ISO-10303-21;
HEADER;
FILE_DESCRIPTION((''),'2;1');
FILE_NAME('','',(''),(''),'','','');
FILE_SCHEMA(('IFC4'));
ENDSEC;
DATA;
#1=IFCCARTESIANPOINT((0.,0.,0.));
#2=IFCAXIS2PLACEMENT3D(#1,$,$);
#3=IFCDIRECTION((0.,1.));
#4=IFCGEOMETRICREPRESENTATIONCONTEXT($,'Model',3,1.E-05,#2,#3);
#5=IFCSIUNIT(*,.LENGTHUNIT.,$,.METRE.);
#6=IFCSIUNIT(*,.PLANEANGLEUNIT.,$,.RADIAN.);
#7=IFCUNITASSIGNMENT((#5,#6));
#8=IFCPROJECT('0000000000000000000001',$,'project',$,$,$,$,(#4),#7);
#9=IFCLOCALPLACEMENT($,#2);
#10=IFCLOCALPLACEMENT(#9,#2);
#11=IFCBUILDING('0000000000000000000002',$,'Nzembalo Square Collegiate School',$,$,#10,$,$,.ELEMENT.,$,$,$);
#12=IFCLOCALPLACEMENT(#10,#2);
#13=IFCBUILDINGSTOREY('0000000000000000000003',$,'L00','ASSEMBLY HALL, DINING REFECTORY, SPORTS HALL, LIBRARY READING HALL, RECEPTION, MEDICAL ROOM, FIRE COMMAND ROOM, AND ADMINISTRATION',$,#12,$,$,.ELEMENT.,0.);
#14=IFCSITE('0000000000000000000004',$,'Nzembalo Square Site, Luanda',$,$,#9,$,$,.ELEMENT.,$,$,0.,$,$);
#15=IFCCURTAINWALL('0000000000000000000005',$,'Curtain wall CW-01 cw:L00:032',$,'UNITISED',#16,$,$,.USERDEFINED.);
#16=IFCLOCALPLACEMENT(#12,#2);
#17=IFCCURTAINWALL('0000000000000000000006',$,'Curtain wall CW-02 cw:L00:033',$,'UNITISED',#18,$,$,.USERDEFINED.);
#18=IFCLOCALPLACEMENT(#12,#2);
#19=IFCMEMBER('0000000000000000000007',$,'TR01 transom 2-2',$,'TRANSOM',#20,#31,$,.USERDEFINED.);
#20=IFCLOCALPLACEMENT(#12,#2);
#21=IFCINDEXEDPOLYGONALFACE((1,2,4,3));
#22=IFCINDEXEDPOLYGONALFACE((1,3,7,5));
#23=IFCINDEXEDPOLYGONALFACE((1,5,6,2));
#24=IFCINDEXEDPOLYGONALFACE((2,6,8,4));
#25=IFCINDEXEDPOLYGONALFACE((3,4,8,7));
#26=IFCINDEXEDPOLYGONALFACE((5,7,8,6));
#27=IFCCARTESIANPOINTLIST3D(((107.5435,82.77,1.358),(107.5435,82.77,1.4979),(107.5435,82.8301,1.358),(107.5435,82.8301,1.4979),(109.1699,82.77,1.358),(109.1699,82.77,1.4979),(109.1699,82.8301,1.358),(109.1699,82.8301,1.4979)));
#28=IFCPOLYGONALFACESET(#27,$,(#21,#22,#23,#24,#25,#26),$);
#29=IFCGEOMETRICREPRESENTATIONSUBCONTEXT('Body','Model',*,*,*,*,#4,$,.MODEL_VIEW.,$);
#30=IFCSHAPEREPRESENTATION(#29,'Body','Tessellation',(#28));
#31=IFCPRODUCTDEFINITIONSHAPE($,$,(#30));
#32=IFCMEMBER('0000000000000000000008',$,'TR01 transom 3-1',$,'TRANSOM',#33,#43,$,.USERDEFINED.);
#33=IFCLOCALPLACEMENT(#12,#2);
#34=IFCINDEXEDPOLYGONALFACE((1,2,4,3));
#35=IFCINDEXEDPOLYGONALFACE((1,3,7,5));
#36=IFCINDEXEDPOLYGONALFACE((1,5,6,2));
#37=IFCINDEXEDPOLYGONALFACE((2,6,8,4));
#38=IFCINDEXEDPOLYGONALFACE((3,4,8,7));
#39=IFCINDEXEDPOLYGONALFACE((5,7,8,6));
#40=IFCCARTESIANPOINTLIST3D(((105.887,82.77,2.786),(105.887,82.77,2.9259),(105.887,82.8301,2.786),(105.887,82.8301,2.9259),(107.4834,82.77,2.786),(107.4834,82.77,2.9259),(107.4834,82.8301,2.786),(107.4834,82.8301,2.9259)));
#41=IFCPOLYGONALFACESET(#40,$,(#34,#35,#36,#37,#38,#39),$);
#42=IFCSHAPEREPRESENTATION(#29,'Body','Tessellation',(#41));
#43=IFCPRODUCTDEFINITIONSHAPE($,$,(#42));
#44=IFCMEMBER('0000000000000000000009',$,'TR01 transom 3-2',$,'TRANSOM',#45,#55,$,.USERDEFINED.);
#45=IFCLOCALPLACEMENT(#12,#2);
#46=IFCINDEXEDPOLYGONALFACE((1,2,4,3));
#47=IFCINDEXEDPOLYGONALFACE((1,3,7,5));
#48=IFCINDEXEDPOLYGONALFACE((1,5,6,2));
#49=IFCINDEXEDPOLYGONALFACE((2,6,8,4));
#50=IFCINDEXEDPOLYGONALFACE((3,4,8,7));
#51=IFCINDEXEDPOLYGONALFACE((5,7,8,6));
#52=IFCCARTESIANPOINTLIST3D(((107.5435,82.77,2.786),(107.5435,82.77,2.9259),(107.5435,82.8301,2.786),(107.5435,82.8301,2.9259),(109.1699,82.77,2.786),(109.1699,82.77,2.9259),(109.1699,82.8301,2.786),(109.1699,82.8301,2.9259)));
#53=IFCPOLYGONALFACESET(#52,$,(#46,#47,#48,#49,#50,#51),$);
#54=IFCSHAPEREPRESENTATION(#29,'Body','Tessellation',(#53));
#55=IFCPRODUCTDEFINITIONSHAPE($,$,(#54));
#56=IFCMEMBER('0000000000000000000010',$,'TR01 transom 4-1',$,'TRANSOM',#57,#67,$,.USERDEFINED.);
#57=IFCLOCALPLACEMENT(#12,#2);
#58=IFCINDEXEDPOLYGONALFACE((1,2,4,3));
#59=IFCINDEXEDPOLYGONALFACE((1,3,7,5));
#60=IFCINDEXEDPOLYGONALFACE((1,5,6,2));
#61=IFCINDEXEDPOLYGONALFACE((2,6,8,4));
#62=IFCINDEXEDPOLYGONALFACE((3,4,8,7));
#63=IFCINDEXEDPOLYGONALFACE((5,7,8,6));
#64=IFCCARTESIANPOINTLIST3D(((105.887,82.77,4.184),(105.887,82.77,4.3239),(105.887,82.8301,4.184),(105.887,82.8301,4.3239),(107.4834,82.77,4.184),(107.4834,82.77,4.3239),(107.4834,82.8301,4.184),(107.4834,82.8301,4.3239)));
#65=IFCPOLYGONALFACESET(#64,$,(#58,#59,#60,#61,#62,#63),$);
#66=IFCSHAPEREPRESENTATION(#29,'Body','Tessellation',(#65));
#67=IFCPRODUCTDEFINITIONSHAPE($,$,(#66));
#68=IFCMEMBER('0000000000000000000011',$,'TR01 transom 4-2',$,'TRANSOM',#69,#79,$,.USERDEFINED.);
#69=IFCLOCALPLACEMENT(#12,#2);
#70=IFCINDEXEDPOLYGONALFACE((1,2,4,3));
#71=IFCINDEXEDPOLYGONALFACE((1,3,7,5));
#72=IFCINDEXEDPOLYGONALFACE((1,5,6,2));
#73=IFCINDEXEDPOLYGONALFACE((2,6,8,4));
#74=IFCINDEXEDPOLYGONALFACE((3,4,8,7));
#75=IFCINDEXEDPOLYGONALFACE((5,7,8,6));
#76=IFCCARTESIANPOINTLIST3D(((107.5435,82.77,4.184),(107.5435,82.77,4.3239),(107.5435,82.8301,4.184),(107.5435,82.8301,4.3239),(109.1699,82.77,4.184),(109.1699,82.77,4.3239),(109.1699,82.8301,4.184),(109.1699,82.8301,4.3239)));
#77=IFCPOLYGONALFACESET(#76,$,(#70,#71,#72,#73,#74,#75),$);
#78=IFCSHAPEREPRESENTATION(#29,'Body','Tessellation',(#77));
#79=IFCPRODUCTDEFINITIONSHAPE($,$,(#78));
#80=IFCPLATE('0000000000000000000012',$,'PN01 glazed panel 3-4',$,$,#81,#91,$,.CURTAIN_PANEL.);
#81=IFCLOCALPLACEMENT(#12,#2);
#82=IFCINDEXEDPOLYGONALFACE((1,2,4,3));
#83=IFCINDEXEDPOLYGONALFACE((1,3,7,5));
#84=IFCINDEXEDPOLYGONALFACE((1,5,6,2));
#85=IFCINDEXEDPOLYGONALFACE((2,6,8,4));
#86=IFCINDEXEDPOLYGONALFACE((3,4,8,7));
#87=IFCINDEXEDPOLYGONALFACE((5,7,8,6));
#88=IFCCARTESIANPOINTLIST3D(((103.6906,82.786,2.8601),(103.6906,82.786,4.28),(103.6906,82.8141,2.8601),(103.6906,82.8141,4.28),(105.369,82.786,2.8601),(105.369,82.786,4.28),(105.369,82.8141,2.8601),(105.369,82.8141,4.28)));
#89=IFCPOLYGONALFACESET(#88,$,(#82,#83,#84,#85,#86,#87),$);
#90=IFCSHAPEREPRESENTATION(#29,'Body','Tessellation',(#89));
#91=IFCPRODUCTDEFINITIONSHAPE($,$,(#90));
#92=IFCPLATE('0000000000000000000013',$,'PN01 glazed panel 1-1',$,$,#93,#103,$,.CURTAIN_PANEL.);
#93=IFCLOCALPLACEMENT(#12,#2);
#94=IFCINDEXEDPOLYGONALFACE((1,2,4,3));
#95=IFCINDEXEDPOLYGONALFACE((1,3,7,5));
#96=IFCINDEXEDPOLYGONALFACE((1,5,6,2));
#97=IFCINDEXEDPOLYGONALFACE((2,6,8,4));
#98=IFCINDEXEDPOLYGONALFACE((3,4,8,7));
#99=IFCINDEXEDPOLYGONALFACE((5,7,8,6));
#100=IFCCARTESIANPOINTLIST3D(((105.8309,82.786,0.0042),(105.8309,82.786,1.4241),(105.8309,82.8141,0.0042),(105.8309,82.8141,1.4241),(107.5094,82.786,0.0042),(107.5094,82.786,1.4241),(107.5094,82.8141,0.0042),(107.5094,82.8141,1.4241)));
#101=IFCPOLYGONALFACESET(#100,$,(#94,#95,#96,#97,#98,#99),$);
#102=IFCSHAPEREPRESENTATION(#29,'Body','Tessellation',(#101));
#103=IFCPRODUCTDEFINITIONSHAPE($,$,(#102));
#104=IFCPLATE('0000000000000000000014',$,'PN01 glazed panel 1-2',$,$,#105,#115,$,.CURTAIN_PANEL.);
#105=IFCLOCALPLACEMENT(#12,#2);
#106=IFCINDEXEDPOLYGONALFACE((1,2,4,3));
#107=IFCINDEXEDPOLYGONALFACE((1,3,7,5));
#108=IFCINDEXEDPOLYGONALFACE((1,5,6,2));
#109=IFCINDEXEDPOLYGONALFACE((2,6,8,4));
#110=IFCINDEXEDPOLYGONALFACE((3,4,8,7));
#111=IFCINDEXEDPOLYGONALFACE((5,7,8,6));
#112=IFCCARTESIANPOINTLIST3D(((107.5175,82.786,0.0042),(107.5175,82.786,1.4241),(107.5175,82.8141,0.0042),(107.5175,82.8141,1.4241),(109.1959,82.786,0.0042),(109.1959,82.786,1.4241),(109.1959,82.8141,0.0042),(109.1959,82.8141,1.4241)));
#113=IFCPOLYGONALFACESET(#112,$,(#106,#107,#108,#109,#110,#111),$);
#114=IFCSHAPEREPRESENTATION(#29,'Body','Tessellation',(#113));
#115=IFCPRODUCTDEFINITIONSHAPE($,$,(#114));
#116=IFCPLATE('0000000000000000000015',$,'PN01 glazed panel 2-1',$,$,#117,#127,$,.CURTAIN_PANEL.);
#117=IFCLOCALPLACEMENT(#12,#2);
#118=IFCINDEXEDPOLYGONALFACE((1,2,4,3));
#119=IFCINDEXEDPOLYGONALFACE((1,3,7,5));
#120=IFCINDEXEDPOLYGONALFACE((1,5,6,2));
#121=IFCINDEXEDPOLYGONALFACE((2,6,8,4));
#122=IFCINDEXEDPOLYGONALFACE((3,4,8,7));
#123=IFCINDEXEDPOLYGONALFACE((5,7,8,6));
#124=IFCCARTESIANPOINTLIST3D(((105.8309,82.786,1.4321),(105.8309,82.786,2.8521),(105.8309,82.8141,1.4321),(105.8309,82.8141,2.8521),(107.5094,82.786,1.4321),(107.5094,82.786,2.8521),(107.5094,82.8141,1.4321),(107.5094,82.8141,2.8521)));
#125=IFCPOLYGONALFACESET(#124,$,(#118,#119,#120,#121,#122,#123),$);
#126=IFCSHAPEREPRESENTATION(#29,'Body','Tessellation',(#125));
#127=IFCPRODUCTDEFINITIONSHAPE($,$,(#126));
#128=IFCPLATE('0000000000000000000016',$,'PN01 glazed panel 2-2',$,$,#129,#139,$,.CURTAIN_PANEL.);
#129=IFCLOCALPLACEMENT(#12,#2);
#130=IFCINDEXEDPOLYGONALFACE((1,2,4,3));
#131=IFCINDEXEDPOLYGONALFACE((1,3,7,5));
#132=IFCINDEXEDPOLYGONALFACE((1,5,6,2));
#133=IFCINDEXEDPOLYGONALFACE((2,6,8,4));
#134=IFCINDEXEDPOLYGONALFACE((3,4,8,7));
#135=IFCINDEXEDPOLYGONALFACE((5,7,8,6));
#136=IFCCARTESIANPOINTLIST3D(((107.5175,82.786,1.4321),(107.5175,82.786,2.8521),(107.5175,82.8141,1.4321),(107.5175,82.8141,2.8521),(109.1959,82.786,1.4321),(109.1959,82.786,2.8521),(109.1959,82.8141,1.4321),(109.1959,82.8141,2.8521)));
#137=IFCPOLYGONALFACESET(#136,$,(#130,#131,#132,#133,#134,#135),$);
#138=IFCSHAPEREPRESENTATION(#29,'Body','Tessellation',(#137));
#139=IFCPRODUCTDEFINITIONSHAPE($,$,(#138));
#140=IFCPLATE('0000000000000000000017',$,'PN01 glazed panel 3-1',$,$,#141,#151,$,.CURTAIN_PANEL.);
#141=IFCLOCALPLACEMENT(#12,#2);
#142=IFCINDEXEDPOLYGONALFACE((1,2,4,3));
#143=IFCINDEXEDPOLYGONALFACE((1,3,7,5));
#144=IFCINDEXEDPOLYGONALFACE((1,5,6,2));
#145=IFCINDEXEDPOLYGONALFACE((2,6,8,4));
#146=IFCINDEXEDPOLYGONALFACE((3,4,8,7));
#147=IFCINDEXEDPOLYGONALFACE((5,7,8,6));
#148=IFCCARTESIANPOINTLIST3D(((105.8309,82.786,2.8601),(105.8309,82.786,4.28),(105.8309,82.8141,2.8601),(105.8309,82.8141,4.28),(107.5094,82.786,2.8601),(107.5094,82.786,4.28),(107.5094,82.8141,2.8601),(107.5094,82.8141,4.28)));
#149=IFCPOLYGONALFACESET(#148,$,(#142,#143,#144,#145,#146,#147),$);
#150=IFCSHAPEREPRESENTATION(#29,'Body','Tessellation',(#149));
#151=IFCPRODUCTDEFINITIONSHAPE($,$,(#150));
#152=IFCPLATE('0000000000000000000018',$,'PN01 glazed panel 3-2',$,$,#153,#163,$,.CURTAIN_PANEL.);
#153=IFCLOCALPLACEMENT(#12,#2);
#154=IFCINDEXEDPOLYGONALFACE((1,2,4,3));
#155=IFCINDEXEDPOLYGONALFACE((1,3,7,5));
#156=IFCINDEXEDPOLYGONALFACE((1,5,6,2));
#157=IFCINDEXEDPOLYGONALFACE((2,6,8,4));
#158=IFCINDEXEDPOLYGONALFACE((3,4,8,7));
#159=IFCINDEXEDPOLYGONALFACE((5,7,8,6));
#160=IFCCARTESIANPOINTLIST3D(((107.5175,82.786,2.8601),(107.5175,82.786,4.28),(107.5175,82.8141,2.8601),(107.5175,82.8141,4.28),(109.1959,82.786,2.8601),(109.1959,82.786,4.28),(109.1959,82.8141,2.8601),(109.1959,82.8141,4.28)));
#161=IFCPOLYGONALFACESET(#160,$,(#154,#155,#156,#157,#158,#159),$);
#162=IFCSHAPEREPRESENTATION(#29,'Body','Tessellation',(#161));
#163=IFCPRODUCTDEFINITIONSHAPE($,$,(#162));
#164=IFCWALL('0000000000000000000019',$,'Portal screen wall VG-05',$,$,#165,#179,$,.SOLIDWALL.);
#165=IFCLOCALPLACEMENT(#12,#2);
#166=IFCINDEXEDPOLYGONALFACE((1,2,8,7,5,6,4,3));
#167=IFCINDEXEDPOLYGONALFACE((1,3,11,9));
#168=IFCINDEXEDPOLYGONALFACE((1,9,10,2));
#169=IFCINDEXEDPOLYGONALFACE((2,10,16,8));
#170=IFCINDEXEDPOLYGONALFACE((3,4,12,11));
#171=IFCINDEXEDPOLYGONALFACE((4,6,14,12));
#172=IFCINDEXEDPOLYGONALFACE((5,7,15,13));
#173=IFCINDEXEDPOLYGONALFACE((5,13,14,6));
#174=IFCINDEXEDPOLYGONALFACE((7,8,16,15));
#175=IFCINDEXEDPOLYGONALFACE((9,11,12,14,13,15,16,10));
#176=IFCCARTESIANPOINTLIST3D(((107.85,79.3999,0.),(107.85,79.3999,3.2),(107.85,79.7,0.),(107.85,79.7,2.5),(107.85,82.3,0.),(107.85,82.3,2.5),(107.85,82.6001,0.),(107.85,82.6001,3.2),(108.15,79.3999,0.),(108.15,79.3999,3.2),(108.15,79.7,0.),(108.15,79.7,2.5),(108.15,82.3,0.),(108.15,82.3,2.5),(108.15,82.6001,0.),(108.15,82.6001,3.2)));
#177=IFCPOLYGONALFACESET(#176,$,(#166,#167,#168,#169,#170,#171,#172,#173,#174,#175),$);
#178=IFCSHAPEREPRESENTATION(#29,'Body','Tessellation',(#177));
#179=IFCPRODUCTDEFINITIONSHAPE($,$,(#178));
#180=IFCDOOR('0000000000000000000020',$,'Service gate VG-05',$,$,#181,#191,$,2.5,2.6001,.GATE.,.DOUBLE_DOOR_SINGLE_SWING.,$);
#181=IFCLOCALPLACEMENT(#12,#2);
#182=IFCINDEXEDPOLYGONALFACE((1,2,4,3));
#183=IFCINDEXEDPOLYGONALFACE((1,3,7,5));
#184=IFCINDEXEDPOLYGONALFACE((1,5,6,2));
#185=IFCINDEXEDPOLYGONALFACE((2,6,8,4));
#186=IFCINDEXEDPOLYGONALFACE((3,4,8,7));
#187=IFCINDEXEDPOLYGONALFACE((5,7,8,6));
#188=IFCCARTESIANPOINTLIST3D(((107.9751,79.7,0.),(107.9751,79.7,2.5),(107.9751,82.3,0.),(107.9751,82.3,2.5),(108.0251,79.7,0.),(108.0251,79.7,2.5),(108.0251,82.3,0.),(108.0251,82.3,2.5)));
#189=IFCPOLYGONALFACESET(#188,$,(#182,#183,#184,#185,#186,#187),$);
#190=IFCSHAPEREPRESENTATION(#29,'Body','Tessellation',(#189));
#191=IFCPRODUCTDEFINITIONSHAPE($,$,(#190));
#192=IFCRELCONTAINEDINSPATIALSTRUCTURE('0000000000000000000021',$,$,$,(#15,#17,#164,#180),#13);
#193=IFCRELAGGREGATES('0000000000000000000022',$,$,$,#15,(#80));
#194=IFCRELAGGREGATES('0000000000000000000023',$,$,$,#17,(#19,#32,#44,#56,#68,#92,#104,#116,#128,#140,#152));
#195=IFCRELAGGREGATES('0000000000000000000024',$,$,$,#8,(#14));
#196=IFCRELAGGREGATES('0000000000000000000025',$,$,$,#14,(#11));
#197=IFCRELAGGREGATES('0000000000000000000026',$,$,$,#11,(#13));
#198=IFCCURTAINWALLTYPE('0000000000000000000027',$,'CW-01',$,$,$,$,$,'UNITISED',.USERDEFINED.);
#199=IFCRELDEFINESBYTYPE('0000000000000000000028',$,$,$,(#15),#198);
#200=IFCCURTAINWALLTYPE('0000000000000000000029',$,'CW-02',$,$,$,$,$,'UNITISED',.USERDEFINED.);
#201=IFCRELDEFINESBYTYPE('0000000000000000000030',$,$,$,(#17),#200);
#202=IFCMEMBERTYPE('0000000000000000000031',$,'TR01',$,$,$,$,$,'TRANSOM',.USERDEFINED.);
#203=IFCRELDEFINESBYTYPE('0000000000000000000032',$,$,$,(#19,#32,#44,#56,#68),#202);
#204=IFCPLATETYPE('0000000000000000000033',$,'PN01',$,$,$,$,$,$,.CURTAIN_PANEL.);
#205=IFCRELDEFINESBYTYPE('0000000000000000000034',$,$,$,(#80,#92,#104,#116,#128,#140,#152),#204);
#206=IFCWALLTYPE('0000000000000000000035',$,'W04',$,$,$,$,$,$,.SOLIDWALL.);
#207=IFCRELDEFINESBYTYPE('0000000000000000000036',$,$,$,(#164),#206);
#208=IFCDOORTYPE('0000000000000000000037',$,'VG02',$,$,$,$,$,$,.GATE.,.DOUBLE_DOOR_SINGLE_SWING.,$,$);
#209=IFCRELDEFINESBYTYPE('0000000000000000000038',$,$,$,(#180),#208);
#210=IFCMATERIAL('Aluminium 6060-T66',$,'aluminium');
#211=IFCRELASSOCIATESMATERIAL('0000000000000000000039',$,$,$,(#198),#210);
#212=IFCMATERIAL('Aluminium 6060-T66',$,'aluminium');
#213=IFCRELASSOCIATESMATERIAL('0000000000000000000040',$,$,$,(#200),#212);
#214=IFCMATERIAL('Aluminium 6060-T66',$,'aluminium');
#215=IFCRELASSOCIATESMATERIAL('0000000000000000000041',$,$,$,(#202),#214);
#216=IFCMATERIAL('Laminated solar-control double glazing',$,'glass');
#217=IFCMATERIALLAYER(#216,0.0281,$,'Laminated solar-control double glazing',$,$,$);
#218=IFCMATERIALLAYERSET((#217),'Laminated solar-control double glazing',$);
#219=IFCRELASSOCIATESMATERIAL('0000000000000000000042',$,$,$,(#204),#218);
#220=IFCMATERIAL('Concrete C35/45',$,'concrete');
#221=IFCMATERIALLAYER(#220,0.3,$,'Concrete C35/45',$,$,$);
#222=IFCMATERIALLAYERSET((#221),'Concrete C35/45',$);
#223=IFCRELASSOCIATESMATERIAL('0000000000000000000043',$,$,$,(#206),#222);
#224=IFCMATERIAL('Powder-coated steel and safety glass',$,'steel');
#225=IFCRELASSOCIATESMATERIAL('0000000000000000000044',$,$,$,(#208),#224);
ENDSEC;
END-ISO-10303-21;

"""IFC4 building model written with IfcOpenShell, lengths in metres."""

from ifc_helpers import new_model, si_unit, direction, frame, frame_2d, origin, origin_2d, place, context, subcontext, project, spatial, rectangle, extrude, material, layer, layer_set, material_profile, profile_set, type_object, element, fill, aggregate, save


model = new_model("IFC4")

# Units and contexts
model_context = context("Model", 3, precision=1e-05, world=origin(), true_north=direction((0.0, 1.0)))
body_context = subcontext(model_context, "Body", "Model", "MODEL_VIEW")
ifc_project = project(units=[si_unit("LENGTHUNIT", "METRE"), si_unit("PLANEANGLEUNIT", "RADIAN")], contexts=[model_context])

# Site, building, storey
site_placement = place(None, origin())
site = spatial("IfcSite", under=ifc_project, at=site_placement, Name="Nzembalo Square Site, Luanda", CompositionType="ELEMENT", RefElevation=0.0)
building_placement = place(site_placement, origin())
building = spatial("IfcBuilding", under=site, at=building_placement, Name="Nzembalo Square Collegiate School", CompositionType="ELEMENT")
storey_placement = place(building_placement, origin())
storey = spatial("IfcBuildingStorey", under=building, at=storey_placement, Name="L00", Description="ASSEMBLY HALL, DINING REFECTORY, SPORTS HALL, LIBRARY READING HALL, RECEPTION, MEDICAL ROOM, FIRE COMMAND ROOM, AND ADMINISTRATION", CompositionType="ELEMENT", Elevation=0.0)

# Curtain wall
ifc_material_1 = material(Name="Aluminium 6060-T66", Category="aluminium")
curtain_wall_type_1 = type_object("IfcCurtainWallType", Name="CW-01", ElementType="UNITISED", PredefinedType="USERDEFINED", material=ifc_material_1)
curtain_wall_1_placement = place(storey_placement, origin())
curtain_wall_1 = element("IfcCurtainWall", 1, at=curtain_wall_1_placement, inside=storey, type_object=curtain_wall_type_1, Name="Curtain wall CW-01 cw:L00:032", ObjectType="UNITISED", PredefinedType="USERDEFINED")

# Curtain wall, members
ifc_material_2 = material(Name="Aluminium 6060-T66", Category="aluminium")
curtain_wall_type_2 = type_object("IfcCurtainWallType", Name="CW-02", ElementType="UNITISED", PredefinedType="USERDEFINED", material=ifc_material_2)
curtain_wall_2_placement = place(storey_placement, origin())
curtain_wall_2 = element("IfcCurtainWall", 2, at=curtain_wall_2_placement, inside=storey, type_object=curtain_wall_type_2, Name="Curtain wall CW-02 cw:L00:033", ObjectType="UNITISED", PredefinedType="USERDEFINED")
ifc_material_3 = material(Name="Aluminium 6060-T66", Category="aluminium")
ifc_material_profile_1 = material_profile(ifc_material_3, rectangle(XDim=0.0601, YDim=0.1399, at=origin_2d()), Name="ALU T60x140")
ifc_profile_set_1 = profile_set([ifc_material_profile_1], Name="Aluminium 6060-T66")
member_type_1 = type_object("IfcMemberType", Name="TR01", ElementType="TRANSOM", PredefinedType="USERDEFINED", material=ifc_profile_set_1)
member_1_placement = place(storey_placement, frame((107.5435, 82.8, 1.428), z_axis=(1.0, 0.0, 0.0), x_axis=(0.0, 1.0, 0.0)))
member_1 = element("IfcMember", 3, at=member_1_placement, type_object=member_type_1, Name="TR01 transom 2-2", ObjectType="TRANSOM", PredefinedType="USERDEFINED", context=body_context, shape_type="SweptSolid", body=[
    extrude(rectangle(XDim=0.0601, YDim=0.1399, at=origin_2d()), origin(), (0.0, 0.0, 1.0), 1.6265),
])
member_2_placement = place(storey_placement, frame((105.887, 82.8, 2.856), z_axis=(1.0, 0.0, 0.0), x_axis=(0.0, 1.0, 0.0)))
member_2 = element("IfcMember", 4, at=member_2_placement, type_object=member_type_1, Name="TR01 transom 3-1", ObjectType="TRANSOM", PredefinedType="USERDEFINED", context=body_context, shape_type="SweptSolid", body=[
    extrude(rectangle(XDim=0.0601, YDim=0.1399, at=origin_2d()), origin(), (0.0, 0.0, 1.0), 1.5964),
])
member_3_placement = place(storey_placement, frame((107.5435, 82.8, 2.856), z_axis=(1.0, 0.0, 0.0), x_axis=(0.0, 1.0, 0.0)))
member_3 = element("IfcMember", 5, at=member_3_placement, type_object=member_type_1, Name="TR01 transom 3-2", ObjectType="TRANSOM", PredefinedType="USERDEFINED", context=body_context, shape_type="SweptSolid", body=[
    extrude(rectangle(XDim=0.0601, YDim=0.1399, at=origin_2d()), origin(), (0.0, 0.0, 1.0), 1.6265),
])
member_4_placement = place(storey_placement, frame((105.887, 82.8, 4.2539), z_axis=(1.0, 0.0, 0.0), x_axis=(0.0, 1.0, 0.0)))
member_4 = element("IfcMember", 6, at=member_4_placement, type_object=member_type_1, Name="TR01 transom 4-1", ObjectType="TRANSOM", PredefinedType="USERDEFINED", context=body_context, shape_type="SweptSolid", body=[
    extrude(rectangle(XDim=0.0601, YDim=0.1399, at=origin_2d()), origin(), (0.0, 0.0, 1.0), 1.5964),
])
member_5_placement = place(storey_placement, frame((107.5435, 82.8, 4.2539), z_axis=(1.0, 0.0, 0.0), x_axis=(0.0, 1.0, 0.0)))
member_5 = element("IfcMember", 7, at=member_5_placement, type_object=member_type_1, Name="TR01 transom 4-2", ObjectType="TRANSOM", PredefinedType="USERDEFINED", context=body_context, shape_type="SweptSolid", body=[
    extrude(rectangle(XDim=0.0601, YDim=0.1399, at=origin_2d()), origin(), (0.0, 0.0, 1.0), 1.6265),
])

# Plates
ifc_material_4 = material(Name="Laminated solar-control double glazing", Category="glass")
ifc_layer_1 = layer(ifc_material_4, 0.0281, Name="Laminated solar-control double glazing")
ifc_layer_set_1 = layer_set([ifc_layer_1], Name="Laminated solar-control double glazing")
plate_type = type_object("IfcPlateType", Name="PN01", PredefinedType="CURTAIN_PANEL", material=ifc_layer_set_1)
plate_1_placement = place(storey_placement, frame((104.5298, 82.8, 2.8601), z_axis=(0.0, 0.0, 1.0), x_axis=(1.0, 0.0, 0.0)))
plate_1 = element("IfcPlate", 8, at=plate_1_placement, type_object=plate_type, Name="PN01 glazed panel 3-4", PredefinedType="CURTAIN_PANEL", context=body_context, shape_type="SweptSolid", body=[
    extrude(rectangle(XDim=1.6785, YDim=0.0281, at=origin_2d()), origin(), (0.0, 0.0, 1.0), 1.4199),
])
aggregate(curtain_wall_1, [plate_1])
plate_2_placement = place(storey_placement, frame((106.6702, 82.8, 0.0042), z_axis=(0.0, 0.0, 1.0), x_axis=(1.0, 0.0, 0.0)))
plate_2 = element("IfcPlate", 9, at=plate_2_placement, type_object=plate_type, Name="PN01 glazed panel 1-1", PredefinedType="CURTAIN_PANEL", context=body_context, shape_type="SweptSolid", body=[
    extrude(rectangle(XDim=1.6785, YDim=0.0281, at=origin_2d()), origin(), (0.0, 0.0, 1.0), 1.4199),
])
plate_3_placement = place(storey_placement, frame((108.3567, 82.8, 0.0042), z_axis=(0.0, 0.0, 1.0), x_axis=(1.0, 0.0, 0.0)))
plate_3 = element("IfcPlate", 10, at=plate_3_placement, type_object=plate_type, Name="PN01 glazed panel 1-2", PredefinedType="CURTAIN_PANEL", context=body_context, shape_type="SweptSolid", body=[
    extrude(rectangle(XDim=1.6785, YDim=0.0281, at=origin_2d()), origin(), (0.0, 0.0, 1.0), 1.4199),
])
plate_4_placement = place(storey_placement, frame((106.6702, 82.8, 1.4321), z_axis=(0.0, 0.0, 1.0), x_axis=(1.0, 0.0, 0.0)))
plate_4 = element("IfcPlate", 11, at=plate_4_placement, type_object=plate_type, Name="PN01 glazed panel 2-1", PredefinedType="CURTAIN_PANEL", context=body_context, shape_type="SweptSolid", body=[
    extrude(rectangle(XDim=1.6785, YDim=0.0281, at=origin_2d()), origin(), (0.0, 0.0, 1.0), 1.4199),
])
plate_5_placement = place(storey_placement, frame((108.3567, 82.8, 1.4321), z_axis=(0.0, 0.0, 1.0), x_axis=(1.0, 0.0, 0.0)))
plate_5 = element("IfcPlate", 12, at=plate_5_placement, type_object=plate_type, Name="PN01 glazed panel 2-2", PredefinedType="CURTAIN_PANEL", context=body_context, shape_type="SweptSolid", body=[
    extrude(rectangle(XDim=1.6785, YDim=0.0281, at=origin_2d()), origin(), (0.0, 0.0, 1.0), 1.4199),
])
plate_6_placement = place(storey_placement, frame((106.6702, 82.8, 2.8601), z_axis=(0.0, 0.0, 1.0), x_axis=(1.0, 0.0, 0.0)))
plate_6 = element("IfcPlate", 13, at=plate_6_placement, type_object=plate_type, Name="PN01 glazed panel 3-1", PredefinedType="CURTAIN_PANEL", context=body_context, shape_type="SweptSolid", body=[
    extrude(rectangle(XDim=1.6785, YDim=0.0281, at=origin_2d()), origin(), (0.0, 0.0, 1.0), 1.4199),
])
plate_7_placement = place(storey_placement, frame((108.3567, 82.8, 2.8601), z_axis=(0.0, 0.0, 1.0), x_axis=(1.0, 0.0, 0.0)))
plate_7 = element("IfcPlate", 14, at=plate_7_placement, type_object=plate_type, Name="PN01 glazed panel 3-2", PredefinedType="CURTAIN_PANEL", context=body_context, shape_type="SweptSolid", body=[
    extrude(rectangle(XDim=1.6785, YDim=0.0281, at=origin_2d()), origin(), (0.0, 0.0, 1.0), 1.4199),
])
aggregate(curtain_wall_2, [member_1, member_2, member_3, member_4, member_5, plate_2, plate_3, plate_4, plate_5, plate_6, plate_7])

# Wall, opening, door
ifc_material_5 = material(Name="Concrete C35/45", Category="concrete")
ifc_layer_2 = layer(ifc_material_5, 0.3, Name="Concrete C35/45")
ifc_layer_set_2 = layer_set([ifc_layer_2], Name="Concrete C35/45")
wall_type = type_object("IfcWallType", Name="W04", PredefinedType="SOLIDWALL", material=ifc_layer_set_2)
wall_placement = place(storey_placement, frame((108.0, 79.3999, 0.0), z_axis=(0.0, 0.0, 1.0), x_axis=(0.0, 1.0, 0.0)))
wall = element("IfcWall", 15, at=wall_placement, inside=storey, type_object=wall_type, Name="Portal screen wall VG-05", PredefinedType="SOLIDWALL", context=body_context, shape_type="SweptSolid", body=[
    extrude(rectangle(XDim=3.2002, YDim=0.3, at=frame_2d((1.6001, 0.0))), origin(), (0.0, 0.0, 1.0), 3.2),
])
opening_placement = place(wall_placement, frame((0.3, 0.0, 0.0)))
opening = element("IfcOpeningElement", 16, at=opening_placement, cuts=wall, PredefinedType="OPENING", context=body_context, shape_type="SweptSolid", body=[
    extrude(rectangle(XDim=2.6001, YDim=2.5, at=frame_2d((1.3, 1.25))), frame((0.0, 0.1602, 0.0), z_axis=(0.0, -1.0, 0.0), x_axis=(1.0, 0.0, 0.0)), (0.0, 0.0, 1.0), 0.3201),
])
ifc_material_6 = material(Name="Powder-coated steel and safety glass", Category="steel")
door_type = type_object("IfcDoorType", Name="VG02", OperationType="DOUBLE_DOOR_SINGLE_SWING", PredefinedType="GATE", material=ifc_material_6)
door_placement = place(opening_placement, origin())
door = element("IfcDoor", 17, at=door_placement, inside=storey, type_object=door_type, Name="Service gate VG-05", OperationType="DOUBLE_DOOR_SINGLE_SWING", OverallHeight=2.5, OverallWidth=2.6001, PredefinedType="GATE", context=body_context, shape_type="SweptSolid", body=[
    extrude(rectangle(XDim=2.6001, YDim=2.5, at=frame_2d((1.3, 1.25))), frame((0.0, 0.0249, 0.0), z_axis=(0.0, -1.0, 0.0), x_axis=(1.0, 0.0, 0.0)), (0.0, 0.0, 1.0), 0.05),
])
fill(opening, door)

save(model, "model.ifc")
